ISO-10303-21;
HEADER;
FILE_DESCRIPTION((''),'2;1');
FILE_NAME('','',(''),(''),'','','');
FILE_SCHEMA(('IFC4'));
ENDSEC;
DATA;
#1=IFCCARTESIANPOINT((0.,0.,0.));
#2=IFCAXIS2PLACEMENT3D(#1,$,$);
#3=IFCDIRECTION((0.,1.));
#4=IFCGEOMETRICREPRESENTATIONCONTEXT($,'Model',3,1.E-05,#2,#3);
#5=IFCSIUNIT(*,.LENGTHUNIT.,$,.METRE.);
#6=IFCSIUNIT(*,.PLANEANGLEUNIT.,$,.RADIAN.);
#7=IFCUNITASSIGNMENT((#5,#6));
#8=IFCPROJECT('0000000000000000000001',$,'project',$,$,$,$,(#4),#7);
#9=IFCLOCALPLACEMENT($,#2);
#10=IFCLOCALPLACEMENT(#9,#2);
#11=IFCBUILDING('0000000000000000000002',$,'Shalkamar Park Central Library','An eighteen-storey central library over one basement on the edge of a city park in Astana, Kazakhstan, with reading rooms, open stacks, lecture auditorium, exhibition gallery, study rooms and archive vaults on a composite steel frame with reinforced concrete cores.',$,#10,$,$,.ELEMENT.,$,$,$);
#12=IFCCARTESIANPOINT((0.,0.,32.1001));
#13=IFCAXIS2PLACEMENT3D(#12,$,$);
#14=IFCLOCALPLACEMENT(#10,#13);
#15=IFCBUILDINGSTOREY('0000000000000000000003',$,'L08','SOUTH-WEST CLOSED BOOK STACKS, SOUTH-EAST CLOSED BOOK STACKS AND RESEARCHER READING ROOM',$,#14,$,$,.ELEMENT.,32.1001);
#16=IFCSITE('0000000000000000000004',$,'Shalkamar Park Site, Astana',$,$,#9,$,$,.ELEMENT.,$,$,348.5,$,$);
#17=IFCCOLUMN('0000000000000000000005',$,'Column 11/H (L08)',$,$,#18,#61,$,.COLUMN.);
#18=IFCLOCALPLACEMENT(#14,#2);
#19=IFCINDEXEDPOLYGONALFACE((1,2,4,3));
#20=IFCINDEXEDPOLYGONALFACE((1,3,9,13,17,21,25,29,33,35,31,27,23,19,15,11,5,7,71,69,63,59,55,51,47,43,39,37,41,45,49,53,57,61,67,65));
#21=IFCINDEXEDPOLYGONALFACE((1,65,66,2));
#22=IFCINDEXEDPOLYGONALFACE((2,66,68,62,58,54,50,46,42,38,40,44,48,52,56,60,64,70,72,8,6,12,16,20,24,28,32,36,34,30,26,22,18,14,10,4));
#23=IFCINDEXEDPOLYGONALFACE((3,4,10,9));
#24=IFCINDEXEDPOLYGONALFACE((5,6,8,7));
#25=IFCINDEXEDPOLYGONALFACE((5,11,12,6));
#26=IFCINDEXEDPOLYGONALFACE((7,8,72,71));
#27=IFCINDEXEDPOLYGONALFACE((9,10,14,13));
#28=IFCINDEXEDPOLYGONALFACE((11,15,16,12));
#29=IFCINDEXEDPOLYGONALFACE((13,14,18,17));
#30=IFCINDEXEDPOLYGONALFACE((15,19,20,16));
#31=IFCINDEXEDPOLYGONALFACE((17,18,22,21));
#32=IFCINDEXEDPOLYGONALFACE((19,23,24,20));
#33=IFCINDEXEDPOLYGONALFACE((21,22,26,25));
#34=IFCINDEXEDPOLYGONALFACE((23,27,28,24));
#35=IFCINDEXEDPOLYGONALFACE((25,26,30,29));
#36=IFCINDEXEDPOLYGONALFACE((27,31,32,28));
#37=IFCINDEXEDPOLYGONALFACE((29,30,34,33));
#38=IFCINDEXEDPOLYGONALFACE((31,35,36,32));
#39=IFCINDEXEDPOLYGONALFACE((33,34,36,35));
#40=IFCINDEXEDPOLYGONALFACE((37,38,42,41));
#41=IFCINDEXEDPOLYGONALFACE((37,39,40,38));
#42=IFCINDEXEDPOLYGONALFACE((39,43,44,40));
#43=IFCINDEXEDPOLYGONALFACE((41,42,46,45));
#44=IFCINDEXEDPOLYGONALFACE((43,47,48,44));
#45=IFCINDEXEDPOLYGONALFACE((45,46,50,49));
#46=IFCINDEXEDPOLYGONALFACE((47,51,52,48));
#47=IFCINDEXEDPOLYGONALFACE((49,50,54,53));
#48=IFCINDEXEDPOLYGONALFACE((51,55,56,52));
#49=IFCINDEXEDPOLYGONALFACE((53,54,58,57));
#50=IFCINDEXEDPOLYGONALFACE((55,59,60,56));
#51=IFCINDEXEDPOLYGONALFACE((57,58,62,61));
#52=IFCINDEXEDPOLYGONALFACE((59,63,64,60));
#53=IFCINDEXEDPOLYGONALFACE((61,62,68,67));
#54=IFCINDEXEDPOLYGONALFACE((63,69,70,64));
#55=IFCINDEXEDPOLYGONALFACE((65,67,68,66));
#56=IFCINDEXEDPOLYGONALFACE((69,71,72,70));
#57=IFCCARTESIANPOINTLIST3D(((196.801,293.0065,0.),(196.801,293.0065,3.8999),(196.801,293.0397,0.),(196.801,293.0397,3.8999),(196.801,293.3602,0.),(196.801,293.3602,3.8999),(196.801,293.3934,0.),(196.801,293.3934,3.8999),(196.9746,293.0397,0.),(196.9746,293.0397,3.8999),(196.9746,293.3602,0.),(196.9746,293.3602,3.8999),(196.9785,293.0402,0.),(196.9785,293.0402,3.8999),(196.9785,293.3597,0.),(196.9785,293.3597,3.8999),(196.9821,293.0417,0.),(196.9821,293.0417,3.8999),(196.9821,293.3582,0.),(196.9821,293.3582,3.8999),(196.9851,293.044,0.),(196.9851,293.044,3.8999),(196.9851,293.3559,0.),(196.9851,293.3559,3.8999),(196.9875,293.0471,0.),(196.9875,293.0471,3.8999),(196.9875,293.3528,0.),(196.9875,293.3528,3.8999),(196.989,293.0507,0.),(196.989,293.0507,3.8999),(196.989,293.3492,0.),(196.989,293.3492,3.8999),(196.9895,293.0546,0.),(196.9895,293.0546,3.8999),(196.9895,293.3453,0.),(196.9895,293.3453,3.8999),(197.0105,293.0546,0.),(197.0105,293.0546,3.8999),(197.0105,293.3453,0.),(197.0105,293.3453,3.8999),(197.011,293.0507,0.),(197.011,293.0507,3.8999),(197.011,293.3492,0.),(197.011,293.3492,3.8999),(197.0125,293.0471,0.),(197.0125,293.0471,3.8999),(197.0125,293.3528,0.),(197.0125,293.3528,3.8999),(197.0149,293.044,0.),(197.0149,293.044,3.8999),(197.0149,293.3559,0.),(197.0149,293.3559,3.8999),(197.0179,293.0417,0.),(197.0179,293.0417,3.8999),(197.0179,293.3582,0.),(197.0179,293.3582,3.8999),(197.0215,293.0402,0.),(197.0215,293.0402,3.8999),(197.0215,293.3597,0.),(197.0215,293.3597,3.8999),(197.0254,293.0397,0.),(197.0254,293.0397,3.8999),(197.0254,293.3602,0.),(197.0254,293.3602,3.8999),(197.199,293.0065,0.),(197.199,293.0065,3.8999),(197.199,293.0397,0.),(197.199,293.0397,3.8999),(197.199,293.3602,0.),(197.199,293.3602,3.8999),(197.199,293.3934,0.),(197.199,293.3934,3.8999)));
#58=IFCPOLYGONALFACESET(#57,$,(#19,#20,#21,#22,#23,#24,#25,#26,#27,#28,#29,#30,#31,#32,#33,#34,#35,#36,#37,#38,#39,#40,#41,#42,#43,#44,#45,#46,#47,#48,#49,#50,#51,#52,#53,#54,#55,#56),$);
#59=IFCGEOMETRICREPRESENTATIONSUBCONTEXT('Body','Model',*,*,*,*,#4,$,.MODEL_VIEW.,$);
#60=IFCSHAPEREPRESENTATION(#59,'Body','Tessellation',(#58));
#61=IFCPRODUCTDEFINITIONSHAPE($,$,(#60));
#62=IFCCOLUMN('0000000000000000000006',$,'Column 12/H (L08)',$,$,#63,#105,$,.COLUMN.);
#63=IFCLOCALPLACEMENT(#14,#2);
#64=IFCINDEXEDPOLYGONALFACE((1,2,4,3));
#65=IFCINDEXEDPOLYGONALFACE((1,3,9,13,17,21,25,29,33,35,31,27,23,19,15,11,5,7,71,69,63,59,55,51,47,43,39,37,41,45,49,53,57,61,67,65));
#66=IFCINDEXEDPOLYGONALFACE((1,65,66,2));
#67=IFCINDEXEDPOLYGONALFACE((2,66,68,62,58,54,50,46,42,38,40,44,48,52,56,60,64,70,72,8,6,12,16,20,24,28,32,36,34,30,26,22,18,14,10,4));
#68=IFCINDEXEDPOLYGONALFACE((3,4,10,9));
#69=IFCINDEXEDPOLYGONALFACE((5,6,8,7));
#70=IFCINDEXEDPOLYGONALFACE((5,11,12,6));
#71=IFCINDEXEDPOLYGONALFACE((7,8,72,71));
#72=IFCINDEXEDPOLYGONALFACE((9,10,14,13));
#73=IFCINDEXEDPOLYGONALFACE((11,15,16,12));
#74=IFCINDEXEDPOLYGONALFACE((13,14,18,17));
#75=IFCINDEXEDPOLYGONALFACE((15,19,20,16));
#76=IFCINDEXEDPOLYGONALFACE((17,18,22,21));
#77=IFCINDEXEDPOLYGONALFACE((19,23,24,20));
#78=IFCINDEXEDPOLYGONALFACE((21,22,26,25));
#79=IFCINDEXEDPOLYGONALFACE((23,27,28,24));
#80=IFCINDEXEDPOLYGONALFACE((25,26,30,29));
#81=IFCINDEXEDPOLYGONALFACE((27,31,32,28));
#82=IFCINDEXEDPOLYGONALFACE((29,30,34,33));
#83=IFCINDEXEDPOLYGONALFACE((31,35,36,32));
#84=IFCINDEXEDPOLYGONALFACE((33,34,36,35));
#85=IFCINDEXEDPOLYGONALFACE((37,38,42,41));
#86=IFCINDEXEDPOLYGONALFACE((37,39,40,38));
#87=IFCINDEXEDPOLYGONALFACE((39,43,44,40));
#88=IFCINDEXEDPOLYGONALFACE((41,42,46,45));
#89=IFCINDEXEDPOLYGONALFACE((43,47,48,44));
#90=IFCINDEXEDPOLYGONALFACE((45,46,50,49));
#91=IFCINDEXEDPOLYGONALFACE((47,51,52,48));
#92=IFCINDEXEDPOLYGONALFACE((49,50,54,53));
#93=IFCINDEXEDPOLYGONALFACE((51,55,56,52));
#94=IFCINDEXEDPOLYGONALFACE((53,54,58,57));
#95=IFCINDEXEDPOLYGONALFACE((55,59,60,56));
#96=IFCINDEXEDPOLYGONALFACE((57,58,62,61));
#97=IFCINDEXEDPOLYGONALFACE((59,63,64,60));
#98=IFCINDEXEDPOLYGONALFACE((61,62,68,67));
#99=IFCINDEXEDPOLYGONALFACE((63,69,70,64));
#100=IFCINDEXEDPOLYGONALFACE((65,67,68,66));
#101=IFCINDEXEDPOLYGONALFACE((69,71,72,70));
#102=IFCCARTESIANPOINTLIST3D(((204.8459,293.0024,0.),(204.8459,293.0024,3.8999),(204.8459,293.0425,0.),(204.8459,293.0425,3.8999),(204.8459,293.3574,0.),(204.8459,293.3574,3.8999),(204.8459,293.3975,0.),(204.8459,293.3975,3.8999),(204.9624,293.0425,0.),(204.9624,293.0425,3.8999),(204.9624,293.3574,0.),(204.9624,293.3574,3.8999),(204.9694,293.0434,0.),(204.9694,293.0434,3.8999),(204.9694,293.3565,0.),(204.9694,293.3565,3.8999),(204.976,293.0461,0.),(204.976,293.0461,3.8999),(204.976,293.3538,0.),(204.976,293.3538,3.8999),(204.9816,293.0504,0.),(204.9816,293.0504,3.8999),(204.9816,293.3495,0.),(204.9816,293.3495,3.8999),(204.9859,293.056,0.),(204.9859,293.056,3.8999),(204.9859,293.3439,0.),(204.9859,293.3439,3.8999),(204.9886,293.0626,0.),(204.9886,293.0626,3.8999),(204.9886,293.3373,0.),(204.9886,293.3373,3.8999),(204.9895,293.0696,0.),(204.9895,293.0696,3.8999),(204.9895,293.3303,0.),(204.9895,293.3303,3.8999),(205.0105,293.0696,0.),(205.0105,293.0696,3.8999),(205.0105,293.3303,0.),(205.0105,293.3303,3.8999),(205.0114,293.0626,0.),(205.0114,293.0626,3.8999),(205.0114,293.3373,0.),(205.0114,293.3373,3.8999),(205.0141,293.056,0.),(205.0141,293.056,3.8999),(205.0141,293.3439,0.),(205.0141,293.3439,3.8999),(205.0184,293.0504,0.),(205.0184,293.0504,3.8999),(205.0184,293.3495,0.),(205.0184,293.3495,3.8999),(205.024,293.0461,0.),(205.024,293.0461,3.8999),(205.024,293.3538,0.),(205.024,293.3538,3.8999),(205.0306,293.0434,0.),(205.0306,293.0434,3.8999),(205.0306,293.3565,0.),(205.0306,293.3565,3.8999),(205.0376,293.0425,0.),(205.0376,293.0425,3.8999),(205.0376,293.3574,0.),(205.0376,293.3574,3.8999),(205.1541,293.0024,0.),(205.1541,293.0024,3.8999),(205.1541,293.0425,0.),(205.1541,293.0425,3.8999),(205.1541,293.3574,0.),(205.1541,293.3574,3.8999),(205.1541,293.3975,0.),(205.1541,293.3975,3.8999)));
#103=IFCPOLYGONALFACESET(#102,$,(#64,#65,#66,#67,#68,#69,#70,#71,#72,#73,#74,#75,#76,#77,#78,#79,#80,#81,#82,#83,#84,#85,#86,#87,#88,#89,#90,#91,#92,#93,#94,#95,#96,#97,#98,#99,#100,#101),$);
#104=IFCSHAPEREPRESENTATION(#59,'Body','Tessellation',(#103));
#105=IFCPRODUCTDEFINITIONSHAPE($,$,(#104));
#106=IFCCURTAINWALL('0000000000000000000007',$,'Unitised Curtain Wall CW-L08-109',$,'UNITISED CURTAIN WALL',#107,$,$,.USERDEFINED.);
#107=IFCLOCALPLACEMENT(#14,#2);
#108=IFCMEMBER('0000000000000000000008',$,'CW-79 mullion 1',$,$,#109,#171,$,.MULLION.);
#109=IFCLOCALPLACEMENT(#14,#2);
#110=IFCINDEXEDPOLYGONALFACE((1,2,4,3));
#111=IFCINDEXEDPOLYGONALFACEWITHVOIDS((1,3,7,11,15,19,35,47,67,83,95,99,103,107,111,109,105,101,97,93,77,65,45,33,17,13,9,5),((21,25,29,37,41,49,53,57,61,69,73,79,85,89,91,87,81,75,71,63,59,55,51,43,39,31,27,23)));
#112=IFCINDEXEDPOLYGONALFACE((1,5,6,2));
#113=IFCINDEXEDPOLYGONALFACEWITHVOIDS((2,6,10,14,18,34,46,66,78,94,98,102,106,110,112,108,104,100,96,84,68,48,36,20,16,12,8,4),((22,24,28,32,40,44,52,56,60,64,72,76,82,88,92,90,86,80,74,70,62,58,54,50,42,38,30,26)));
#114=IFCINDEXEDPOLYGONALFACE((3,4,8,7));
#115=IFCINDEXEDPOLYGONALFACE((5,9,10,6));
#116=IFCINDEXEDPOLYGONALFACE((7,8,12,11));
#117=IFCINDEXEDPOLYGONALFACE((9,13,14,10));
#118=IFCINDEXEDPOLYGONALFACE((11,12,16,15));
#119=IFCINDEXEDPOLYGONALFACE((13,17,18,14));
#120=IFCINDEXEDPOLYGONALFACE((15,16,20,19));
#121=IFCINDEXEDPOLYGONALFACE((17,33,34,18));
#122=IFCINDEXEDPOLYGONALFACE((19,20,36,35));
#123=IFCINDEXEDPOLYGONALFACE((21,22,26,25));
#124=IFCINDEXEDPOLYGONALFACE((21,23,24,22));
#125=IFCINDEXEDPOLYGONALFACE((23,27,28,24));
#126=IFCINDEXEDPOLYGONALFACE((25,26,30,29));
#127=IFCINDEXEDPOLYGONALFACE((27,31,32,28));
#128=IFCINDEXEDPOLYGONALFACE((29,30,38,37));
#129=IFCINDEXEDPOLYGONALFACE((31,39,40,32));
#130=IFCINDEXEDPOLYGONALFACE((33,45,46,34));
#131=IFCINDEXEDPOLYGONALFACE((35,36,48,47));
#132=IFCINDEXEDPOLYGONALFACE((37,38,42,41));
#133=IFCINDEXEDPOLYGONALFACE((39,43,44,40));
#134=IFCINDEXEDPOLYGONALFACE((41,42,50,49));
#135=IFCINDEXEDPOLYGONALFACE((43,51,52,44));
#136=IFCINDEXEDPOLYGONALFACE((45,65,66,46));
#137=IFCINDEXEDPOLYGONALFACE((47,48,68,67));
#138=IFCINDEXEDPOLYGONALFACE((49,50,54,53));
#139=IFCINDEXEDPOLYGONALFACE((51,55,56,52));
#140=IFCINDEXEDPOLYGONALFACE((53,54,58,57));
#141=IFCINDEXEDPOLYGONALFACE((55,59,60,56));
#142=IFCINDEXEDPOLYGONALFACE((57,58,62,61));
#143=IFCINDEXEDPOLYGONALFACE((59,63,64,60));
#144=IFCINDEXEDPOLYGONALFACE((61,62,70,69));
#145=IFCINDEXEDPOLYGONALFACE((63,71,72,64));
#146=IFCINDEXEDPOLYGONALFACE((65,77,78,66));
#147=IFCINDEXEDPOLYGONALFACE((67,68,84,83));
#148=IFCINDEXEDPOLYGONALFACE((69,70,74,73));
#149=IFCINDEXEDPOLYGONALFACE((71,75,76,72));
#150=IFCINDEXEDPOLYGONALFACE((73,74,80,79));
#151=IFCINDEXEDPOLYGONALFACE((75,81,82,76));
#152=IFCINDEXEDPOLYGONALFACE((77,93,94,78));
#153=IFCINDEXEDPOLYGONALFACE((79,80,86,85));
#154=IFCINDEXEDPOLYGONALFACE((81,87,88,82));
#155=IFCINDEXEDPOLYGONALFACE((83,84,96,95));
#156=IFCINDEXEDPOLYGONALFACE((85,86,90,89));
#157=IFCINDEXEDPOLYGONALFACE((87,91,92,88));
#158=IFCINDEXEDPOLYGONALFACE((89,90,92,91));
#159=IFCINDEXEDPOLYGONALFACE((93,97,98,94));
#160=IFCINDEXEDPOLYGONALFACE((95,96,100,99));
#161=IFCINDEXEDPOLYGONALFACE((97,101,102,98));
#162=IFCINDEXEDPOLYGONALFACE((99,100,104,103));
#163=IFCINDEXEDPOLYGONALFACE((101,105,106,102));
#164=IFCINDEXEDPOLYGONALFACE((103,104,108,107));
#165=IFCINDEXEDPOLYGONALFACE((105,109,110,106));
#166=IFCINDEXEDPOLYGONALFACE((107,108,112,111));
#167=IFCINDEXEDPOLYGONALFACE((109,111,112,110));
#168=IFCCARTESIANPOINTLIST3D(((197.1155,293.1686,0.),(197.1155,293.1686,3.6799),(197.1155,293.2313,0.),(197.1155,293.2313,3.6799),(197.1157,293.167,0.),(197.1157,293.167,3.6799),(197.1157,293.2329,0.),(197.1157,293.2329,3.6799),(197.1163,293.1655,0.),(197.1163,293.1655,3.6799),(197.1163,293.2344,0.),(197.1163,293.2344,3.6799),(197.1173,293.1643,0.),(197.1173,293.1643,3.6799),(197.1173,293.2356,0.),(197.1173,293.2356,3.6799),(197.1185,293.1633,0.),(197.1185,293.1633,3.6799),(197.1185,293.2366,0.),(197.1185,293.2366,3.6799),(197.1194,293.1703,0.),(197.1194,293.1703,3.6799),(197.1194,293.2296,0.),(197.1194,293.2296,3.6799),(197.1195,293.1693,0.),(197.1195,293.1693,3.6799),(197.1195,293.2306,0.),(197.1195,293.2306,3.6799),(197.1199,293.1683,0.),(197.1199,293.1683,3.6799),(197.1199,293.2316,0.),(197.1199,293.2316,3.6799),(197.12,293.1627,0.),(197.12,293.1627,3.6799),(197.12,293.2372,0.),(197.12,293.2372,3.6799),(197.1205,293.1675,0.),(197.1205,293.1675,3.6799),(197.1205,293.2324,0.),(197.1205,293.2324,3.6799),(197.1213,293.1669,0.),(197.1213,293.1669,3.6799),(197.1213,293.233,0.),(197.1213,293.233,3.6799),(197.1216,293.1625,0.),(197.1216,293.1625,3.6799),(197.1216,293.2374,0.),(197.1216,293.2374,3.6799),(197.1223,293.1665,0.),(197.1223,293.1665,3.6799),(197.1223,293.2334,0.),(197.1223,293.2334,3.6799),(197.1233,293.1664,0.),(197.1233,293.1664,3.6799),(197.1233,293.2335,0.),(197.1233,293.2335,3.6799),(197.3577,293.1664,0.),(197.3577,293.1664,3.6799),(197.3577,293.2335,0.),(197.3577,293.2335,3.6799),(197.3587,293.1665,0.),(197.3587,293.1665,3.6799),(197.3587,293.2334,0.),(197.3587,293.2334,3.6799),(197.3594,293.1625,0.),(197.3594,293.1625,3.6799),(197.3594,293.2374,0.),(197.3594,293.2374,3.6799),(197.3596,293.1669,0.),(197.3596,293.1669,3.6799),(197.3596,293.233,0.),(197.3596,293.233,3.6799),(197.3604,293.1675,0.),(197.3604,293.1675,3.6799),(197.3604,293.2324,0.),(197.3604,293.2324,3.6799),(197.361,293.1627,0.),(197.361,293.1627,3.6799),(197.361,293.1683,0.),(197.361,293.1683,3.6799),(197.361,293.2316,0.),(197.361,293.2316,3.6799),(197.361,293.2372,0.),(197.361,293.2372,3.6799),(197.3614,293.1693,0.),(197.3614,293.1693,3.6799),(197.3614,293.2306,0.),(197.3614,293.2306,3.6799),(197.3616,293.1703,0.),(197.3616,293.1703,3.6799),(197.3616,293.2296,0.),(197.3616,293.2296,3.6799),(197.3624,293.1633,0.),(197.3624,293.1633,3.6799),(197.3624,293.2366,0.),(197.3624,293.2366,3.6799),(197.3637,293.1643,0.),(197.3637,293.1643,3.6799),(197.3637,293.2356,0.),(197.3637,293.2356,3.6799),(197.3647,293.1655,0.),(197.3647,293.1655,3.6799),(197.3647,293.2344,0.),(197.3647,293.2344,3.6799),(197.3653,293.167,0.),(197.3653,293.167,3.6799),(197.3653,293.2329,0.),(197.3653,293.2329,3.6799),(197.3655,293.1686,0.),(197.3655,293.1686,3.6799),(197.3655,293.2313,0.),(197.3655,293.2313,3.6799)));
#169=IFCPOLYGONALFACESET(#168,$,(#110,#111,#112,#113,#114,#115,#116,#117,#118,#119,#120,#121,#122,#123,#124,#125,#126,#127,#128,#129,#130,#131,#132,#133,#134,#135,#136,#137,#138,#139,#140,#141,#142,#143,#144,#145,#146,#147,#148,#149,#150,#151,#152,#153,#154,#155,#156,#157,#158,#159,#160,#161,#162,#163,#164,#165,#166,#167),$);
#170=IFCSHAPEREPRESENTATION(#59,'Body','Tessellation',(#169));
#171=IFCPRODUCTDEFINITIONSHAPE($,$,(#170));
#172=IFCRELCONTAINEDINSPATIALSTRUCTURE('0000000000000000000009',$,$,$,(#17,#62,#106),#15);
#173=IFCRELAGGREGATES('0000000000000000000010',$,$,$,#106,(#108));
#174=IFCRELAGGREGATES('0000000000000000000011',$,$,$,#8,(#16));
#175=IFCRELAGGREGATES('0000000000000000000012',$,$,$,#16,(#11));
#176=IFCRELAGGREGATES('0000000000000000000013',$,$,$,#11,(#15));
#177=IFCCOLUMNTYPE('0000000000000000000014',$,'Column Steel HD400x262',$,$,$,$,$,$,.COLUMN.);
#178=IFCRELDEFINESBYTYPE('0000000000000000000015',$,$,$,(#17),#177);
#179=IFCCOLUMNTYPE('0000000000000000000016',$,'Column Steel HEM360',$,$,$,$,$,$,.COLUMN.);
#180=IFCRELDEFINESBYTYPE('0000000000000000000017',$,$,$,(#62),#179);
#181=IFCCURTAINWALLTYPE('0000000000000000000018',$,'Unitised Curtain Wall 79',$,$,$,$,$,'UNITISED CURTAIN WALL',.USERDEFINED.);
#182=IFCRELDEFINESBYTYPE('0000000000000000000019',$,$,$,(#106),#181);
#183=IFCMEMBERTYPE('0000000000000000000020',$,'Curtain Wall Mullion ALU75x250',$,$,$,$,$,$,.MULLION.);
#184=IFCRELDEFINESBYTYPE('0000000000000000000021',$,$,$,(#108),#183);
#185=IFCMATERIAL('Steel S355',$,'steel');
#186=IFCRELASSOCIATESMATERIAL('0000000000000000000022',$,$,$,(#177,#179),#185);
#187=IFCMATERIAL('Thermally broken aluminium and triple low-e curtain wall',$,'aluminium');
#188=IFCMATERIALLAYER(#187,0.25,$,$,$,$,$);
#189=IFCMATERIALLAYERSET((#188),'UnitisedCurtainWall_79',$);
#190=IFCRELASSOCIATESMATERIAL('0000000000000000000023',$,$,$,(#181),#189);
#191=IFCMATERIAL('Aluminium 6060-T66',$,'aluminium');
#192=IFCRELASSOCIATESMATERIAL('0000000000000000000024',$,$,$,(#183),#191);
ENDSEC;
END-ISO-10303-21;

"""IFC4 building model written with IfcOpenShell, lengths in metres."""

from ifc_helpers import new_model, si_unit, direction, frame, origin, origin_2d, place, context, subcontext, project, spatial, hollow_rectangle, i_section, extrude, material, layer, layer_set, material_profile, profile_set, type_object, element, aggregate, save


model = new_model("IFC4")

# Units and contexts
model_context = context("Model", 3, precision=1e-05, world=origin(), true_north=direction((0.0, 1.0)))
body_context = subcontext(model_context, "Body", "Model", "MODEL_VIEW")
ifc_project = project(units=[si_unit("LENGTHUNIT", "METRE"), si_unit("PLANEANGLEUNIT", "RADIAN")], contexts=[model_context])

# Site, building, storey
site_placement = place(None, origin())
site = spatial("IfcSite", under=ifc_project, at=site_placement, Name="Shalkamar Park Site, Astana", CompositionType="ELEMENT", RefElevation=348.5)
building_placement = place(site_placement, origin())
building = spatial("IfcBuilding", under=site, at=building_placement, Name="Shalkamar Park Central Library", Description="An eighteen-storey central library over one basement on the edge of a city park in Astana, Kazakhstan, with reading rooms, open stacks, lecture auditorium, exhibition gallery, study rooms and archive vaults on a composite steel frame with reinforced concrete cores.", CompositionType="ELEMENT")
storey_placement = place(building_placement, frame((0.0, 0.0, 32.1001)))
storey = spatial("IfcBuildingStorey", under=building, at=storey_placement, Name="L08", Description="SOUTH-WEST CLOSED BOOK STACKS, SOUTH-EAST CLOSED BOOK STACKS AND RESEARCHER READING ROOM", CompositionType="ELEMENT", Elevation=32.1001)

# Columns
ifc_material_1 = material(Name="Steel S355", Category="steel")
ifc_material_profile_1 = material_profile(ifc_material_1, i_section(OverallWidth=0.3979, OverallDepth=0.387, WebThickness=0.021, FlangeThickness=0.0332, FilletRadius=0.0149, at=origin_2d()), Name="HD 400x262")
ifc_profile_set_1 = profile_set([ifc_material_profile_1], Name="Steel S355")
column_type_1 = type_object("IfcColumnType", Name="Column Steel HD400x262", PredefinedType="COLUMN", material=ifc_profile_set_1)
column_1_placement = place(storey_placement, frame((197.0, 293.2, 0.0), z_axis=(0.0, 0.0, 1.0), x_axis=(1.0, 0.0, 0.0)))
element("IfcColumn", 1, at=column_1_placement, inside=storey, type_object=column_type_1, Name="Column 11/H (L08)", PredefinedType="COLUMN", context=body_context, shape_type="SweptSolid", body=[
    extrude(i_section(OverallWidth=0.3979, OverallDepth=0.387, WebThickness=0.021, FlangeThickness=0.0332, FilletRadius=0.0149, at=origin_2d()), origin(), (0.0, 0.0, 1.0), 3.8999),
])
ifc_material_profile_2 = material_profile(ifc_material_1, i_section(OverallWidth=0.3081, OverallDepth=0.395, WebThickness=0.021, FlangeThickness=0.04, FilletRadius=0.0271, at=origin_2d()), Name="HEM 360")
ifc_profile_set_2 = profile_set([ifc_material_profile_2], Name="Steel S355")
column_type_2 = type_object("IfcColumnType", Name="Column Steel HEM360", PredefinedType="COLUMN", material=ifc_profile_set_2)
column_2_placement = place(storey_placement, frame((205.0, 293.2, 0.0), z_axis=(0.0, 0.0, 1.0), x_axis=(1.0, 0.0, 0.0)))
element("IfcColumn", 2, at=column_2_placement, inside=storey, type_object=column_type_2, Name="Column 12/H (L08)", PredefinedType="COLUMN", context=body_context, shape_type="SweptSolid", body=[
    extrude(i_section(OverallWidth=0.3081, OverallDepth=0.395, WebThickness=0.021, FlangeThickness=0.04, FilletRadius=0.0271, at=origin_2d()), origin(), (0.0, 0.0, 1.0), 3.8999),
])

# Curtain wall, member
ifc_material_2 = material(Name="Thermally broken aluminium and triple low-e curtain wall", Category="aluminium")
ifc_layer_1 = layer(ifc_material_2, 0.25)
ifc_layer_set_1 = layer_set([ifc_layer_1], Name="UnitisedCurtainWall_79")
curtain_wall_type_1 = type_object("IfcCurtainWallType", Name="Unitised Curtain Wall 79", ElementType="UNITISED CURTAIN WALL", PredefinedType="USERDEFINED", material=ifc_layer_set_1)
curtain_wall_1_placement = place(storey_placement, origin())
curtain_wall_1 = element("IfcCurtainWall", 3, at=curtain_wall_1_placement, inside=storey, type_object=curtain_wall_type_1, Name="Unitised Curtain Wall CW-L08-109", ObjectType="UNITISED CURTAIN WALL", PredefinedType="USERDEFINED")
ifc_material_3 = material(Name="Aluminium 6060-T66", Category="aluminium")
ifc_material_profile_3 = material_profile(ifc_material_3, hollow_rectangle(XDim=0.075, YDim=0.25, WallThickness=0.0039, InnerFilletRadius=0.0039, OuterFilletRadius=0.0061, at=origin_2d()), Name="ALU 75x250x4")
ifc_profile_set_3 = profile_set([ifc_material_profile_3], Name="Aluminium 6060-T66")
member_type_1 = type_object("IfcMemberType", Name="Curtain Wall Mullion ALU75x250", PredefinedType="MULLION", material=ifc_profile_set_3)
member_1_placement = place(storey_placement, frame((197.2405, 293.2, 0.0), z_axis=(0.0, 0.0, 1.0), x_axis=(0.0, 1.0, 0.0)))
member_1 = element("IfcMember", 4, at=member_1_placement, type_object=member_type_1, Name="CW-79 mullion 1", PredefinedType="MULLION", context=body_context, shape_type="SweptSolid", body=[
    extrude(hollow_rectangle(XDim=0.075, YDim=0.25, WallThickness=0.0039, InnerFilletRadius=0.0039, OuterFilletRadius=0.0061, at=origin_2d()), origin(), (0.0, 0.0, 1.0), 3.6799),
])

aggregate(curtain_wall_1, [member_1])

save(model, "model.ifc")
